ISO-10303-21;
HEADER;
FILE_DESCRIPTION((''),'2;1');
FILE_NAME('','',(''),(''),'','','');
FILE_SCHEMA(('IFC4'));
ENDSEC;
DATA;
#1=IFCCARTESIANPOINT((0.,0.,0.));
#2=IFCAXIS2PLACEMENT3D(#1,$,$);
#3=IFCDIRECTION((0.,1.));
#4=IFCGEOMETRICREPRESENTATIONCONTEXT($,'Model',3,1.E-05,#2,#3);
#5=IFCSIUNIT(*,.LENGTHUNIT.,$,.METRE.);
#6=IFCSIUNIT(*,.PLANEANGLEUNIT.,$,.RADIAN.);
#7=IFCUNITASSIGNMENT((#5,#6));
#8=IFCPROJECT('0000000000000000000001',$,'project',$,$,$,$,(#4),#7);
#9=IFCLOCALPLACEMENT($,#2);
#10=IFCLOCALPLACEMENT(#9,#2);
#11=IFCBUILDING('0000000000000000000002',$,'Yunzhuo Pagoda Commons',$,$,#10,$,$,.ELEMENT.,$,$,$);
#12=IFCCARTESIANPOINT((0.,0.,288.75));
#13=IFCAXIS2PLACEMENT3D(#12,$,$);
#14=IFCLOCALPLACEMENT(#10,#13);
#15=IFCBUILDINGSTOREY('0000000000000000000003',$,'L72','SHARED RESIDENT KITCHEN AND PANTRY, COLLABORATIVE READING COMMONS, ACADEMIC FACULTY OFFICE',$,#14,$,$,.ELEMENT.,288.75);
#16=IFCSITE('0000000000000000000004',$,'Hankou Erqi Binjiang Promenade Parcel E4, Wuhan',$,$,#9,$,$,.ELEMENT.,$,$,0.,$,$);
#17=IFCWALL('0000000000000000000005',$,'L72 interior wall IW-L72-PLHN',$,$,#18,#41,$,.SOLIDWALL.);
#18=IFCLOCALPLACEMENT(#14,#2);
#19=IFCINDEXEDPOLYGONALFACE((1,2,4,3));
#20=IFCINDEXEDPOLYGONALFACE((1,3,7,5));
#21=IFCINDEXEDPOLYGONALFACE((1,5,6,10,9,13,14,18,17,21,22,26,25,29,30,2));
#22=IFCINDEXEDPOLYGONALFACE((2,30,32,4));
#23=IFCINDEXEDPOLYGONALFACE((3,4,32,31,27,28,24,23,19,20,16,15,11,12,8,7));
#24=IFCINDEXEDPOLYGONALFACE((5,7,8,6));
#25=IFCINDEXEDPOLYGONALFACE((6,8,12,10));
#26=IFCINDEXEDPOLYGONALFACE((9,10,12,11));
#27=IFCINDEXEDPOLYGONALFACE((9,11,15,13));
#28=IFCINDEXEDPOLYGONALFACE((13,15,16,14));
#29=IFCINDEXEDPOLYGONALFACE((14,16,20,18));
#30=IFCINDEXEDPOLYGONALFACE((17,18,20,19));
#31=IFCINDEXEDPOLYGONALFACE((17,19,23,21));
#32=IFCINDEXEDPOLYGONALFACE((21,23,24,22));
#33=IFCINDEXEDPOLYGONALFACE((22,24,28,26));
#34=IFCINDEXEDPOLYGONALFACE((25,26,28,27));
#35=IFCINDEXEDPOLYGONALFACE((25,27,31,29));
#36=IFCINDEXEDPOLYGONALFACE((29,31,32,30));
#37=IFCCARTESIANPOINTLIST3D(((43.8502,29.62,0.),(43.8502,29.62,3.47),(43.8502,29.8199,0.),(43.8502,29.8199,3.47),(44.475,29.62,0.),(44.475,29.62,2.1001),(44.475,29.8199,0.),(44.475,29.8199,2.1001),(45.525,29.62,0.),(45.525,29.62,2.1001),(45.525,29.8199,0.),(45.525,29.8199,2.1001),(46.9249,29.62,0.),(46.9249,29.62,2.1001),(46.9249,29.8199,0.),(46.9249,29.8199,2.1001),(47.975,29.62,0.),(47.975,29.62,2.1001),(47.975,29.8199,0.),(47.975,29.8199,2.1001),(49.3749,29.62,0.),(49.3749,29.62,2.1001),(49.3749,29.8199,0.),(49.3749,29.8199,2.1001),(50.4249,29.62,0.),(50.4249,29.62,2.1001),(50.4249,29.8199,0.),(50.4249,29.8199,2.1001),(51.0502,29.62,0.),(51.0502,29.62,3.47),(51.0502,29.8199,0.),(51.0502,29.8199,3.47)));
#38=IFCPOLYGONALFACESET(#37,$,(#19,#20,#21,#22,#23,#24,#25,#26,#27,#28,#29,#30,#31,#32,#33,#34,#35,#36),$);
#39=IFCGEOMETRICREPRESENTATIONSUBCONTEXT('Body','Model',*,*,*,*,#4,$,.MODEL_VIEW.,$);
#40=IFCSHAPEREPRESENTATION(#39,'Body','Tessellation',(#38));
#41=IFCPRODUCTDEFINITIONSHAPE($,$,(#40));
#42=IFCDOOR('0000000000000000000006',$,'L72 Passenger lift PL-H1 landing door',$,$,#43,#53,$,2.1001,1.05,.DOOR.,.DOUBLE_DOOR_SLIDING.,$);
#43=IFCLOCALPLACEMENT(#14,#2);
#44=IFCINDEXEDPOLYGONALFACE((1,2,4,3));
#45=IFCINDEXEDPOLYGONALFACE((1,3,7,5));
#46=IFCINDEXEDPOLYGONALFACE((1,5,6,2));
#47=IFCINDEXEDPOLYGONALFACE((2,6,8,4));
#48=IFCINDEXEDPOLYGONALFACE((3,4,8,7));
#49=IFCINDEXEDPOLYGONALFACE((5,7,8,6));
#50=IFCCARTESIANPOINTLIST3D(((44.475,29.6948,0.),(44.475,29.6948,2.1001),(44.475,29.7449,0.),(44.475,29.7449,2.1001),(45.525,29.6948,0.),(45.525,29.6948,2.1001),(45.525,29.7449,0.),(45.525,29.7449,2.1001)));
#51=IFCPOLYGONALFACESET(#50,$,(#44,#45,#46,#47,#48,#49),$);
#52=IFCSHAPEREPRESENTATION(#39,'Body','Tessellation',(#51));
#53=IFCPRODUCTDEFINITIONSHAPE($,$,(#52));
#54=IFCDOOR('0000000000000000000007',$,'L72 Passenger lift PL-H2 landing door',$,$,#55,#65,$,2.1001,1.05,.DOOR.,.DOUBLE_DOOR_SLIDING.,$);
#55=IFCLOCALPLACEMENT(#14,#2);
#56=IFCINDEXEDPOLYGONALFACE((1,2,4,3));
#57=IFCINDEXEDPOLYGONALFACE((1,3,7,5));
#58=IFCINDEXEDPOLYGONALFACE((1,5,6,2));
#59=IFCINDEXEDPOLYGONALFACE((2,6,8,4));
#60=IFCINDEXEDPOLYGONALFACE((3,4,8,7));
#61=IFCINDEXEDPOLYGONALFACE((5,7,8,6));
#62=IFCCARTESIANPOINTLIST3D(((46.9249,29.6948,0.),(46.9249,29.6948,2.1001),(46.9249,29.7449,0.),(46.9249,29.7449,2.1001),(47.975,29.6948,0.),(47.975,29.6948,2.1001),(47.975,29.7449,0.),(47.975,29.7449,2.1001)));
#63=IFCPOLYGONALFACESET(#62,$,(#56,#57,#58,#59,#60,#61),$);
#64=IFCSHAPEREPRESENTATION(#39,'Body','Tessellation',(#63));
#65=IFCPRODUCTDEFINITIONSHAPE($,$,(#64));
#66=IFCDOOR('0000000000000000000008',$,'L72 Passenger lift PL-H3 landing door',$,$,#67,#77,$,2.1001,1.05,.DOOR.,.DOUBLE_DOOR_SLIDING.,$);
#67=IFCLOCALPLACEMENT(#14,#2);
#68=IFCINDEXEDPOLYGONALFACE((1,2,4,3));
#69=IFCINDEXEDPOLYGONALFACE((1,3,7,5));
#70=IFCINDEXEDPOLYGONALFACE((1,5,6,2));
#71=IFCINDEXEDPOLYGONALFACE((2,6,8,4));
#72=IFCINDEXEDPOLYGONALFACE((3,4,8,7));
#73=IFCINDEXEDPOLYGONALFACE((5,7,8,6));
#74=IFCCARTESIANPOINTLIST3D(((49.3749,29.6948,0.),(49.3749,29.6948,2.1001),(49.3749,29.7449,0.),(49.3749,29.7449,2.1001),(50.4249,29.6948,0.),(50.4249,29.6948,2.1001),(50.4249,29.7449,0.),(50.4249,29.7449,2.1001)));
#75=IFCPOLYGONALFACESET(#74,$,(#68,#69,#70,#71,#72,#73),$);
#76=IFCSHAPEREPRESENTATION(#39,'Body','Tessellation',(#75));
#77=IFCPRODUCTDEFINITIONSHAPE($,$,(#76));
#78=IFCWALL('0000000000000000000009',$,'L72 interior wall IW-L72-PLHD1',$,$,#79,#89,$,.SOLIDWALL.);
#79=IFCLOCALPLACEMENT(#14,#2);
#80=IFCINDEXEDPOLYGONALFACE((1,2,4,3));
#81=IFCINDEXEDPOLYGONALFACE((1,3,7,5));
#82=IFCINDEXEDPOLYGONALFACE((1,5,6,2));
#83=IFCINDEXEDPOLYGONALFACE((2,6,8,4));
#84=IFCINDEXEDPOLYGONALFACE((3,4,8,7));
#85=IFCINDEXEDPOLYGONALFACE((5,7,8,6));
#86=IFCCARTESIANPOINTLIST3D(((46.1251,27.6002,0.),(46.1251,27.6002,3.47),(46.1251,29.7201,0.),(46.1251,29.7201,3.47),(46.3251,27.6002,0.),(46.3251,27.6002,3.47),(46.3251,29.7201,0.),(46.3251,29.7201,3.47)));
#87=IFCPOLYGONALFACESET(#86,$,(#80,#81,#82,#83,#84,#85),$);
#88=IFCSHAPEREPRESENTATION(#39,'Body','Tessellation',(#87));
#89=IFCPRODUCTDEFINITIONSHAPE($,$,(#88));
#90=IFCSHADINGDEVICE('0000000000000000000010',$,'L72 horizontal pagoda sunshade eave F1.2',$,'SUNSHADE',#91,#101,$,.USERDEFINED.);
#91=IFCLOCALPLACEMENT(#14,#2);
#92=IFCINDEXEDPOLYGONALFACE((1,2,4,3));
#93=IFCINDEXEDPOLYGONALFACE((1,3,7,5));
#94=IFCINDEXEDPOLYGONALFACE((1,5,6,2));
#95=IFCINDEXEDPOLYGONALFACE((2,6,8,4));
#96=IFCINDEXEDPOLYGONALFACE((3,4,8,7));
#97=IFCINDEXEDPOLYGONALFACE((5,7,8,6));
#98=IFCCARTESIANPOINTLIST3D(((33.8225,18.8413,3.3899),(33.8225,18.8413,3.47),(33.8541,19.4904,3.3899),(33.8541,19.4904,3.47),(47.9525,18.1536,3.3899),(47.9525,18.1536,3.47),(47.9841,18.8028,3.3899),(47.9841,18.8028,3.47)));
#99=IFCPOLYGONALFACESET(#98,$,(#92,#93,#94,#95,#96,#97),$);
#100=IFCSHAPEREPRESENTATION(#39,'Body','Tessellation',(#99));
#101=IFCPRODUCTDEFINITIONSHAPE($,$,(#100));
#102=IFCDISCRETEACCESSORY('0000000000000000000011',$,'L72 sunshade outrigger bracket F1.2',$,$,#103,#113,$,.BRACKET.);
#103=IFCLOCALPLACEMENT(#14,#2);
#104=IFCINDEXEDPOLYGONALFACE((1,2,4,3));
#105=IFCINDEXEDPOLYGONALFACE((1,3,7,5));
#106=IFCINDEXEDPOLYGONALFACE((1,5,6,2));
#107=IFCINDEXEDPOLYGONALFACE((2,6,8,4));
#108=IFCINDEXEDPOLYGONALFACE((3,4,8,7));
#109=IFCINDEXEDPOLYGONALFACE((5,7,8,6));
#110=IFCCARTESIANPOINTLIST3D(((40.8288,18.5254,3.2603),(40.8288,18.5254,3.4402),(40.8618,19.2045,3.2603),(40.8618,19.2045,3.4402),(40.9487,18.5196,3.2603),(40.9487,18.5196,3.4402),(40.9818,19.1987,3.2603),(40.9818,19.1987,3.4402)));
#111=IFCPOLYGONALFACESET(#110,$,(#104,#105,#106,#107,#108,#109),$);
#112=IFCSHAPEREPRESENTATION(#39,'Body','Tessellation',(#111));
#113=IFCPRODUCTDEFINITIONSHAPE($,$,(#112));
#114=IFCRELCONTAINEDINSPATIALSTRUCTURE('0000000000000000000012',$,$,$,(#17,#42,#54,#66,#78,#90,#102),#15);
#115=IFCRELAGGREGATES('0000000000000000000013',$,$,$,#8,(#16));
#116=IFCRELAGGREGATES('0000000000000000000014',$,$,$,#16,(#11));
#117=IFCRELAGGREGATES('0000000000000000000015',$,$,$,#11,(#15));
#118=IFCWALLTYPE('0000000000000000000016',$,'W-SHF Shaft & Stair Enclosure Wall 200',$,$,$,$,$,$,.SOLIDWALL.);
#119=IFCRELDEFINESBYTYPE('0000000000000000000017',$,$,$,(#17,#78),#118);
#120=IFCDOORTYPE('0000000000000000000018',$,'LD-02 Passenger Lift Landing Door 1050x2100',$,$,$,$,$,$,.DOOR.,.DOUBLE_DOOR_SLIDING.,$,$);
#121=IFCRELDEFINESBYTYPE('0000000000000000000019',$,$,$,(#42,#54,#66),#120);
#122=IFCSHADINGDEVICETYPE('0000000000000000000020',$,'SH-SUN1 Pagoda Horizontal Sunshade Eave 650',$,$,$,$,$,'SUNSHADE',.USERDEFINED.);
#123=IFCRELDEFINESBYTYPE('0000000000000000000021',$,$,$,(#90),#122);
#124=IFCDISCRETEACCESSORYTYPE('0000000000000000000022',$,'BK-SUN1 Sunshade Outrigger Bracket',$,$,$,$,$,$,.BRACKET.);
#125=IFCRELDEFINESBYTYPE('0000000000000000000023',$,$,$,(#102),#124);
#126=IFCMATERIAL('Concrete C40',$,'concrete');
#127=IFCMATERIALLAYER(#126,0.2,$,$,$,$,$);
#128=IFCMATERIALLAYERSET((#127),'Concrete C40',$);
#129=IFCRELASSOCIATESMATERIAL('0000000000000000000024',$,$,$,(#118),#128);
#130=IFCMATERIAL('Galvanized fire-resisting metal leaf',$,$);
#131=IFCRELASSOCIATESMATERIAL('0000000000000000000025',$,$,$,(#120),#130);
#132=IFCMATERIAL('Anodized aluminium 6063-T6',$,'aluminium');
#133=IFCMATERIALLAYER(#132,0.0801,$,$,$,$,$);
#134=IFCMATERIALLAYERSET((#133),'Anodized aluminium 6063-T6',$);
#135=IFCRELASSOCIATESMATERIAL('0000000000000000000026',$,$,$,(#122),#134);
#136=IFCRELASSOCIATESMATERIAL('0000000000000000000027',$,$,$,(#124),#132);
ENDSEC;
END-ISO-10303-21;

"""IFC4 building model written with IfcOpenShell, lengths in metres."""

from ifc_helpers import new_model, si_unit, direction, frame, frame_2d, origin, origin_with_axes, origin_2d, place, context, subcontext, project, spatial, rectangle, extrude, source, transform, mapped, material, layer, layer_set, type_object, element, fill, save


model = new_model("IFC4")

# Units and contexts
model_context = context("Model", 3, precision=1e-05, world=origin(), true_north=direction((0.0, 1.0)))
body_context = subcontext(model_context, "Body", "Model", "MODEL_VIEW")
ifc_project = project(units=[si_unit("LENGTHUNIT", "METRE"), si_unit("PLANEANGLEUNIT", "RADIAN")], contexts=[model_context])

# Site, building, storey
site_placement = place(None, origin())
site = spatial("IfcSite", under=ifc_project, at=site_placement, Name="Hankou Erqi Binjiang Promenade Parcel E4, Wuhan", CompositionType="ELEMENT", RefElevation=0.0)
building_placement = place(site_placement, origin())
building = spatial("IfcBuilding", under=site, at=building_placement, Name="Yunzhuo Pagoda Commons", CompositionType="ELEMENT")
storey_placement = place(building_placement, frame((0.0, 0.0, 288.75)))
storey = spatial("IfcBuildingStorey", under=building, at=storey_placement, Name="L72", Description="SHARED RESIDENT KITCHEN AND PANTRY, COLLABORATIVE READING COMMONS, ACADEMIC FACULTY OFFICE", CompositionType="ELEMENT", Elevation=288.75)

# Shared definitions
ifc_material_1 = material(Name="Anodized aluminium 6063-T6", Category="aluminium")

# Shared definitions
ifc_material_2 = material(Name="Galvanized fire-resisting metal leaf")

# Shared definitions
ifc_material_3 = material(Name="Concrete C40", Category="concrete")
ifc_layer_1 = layer(ifc_material_3, 0.2)
ifc_layer_set_1 = layer_set([ifc_layer_1], Name="Concrete C40")
wall_type_1 = type_object("IfcWallType", Name="W-SHF Shaft & Stair Enclosure Wall 200", PredefinedType="SOLIDWALL", material=ifc_layer_set_1)
shared_shape_1 = source(origin(), body_context, "Body", "SweptSolid", [
    extrude(rectangle(XDim=1.05, YDim=2.1001, at=frame_2d((0.5249, 1.05))), frame((0.0, 0.0249, 0.0), z_axis=(0.0, -1.0, 0.0), x_axis=(1.0, 0.0, 0.0)), (0.0, 0.0, 1.0), 0.05),
])

# Wall, openings, doors
wall_1_placement = place(storey_placement, frame((43.8501, 29.72, 0.0), z_axis=(0.0, 0.0, 1.0), x_axis=(1.0, 0.0, 0.0)))
wall_1 = element("IfcWall", 1, at=wall_1_placement, inside=storey, type_object=wall_type_1, Name="L72 interior wall IW-L72-PLHN", PredefinedType="SOLIDWALL", context=body_context, shape_type="SweptSolid", body=[
    extrude(rectangle(XDim=7.2, YDim=0.2, at=frame_2d((3.6001, 0.0))), origin(), (0.0, 0.0, 1.0), 3.47),
])
opening_1_placement = place(wall_1_placement, frame((0.625, 0.0, 0.0)))
opening_1 = element("IfcOpeningElement", 2, at=opening_1_placement, cuts=wall_1, PredefinedType="OPENING", context=body_context, shape_type="SweptSolid", body=[
    extrude(rectangle(XDim=1.05, YDim=2.1001, at=frame_2d((0.5249, 1.05))), frame((0.0, 0.1099, 0.0), z_axis=(0.0, -1.0, 0.0), x_axis=(1.0, 0.0, 0.0)), (0.0, 0.0, 1.0), 0.22),
])
opening_2_placement = place(wall_1_placement, frame((3.075, 0.0, 0.0)))
opening_2 = element("IfcOpeningElement", 3, at=opening_2_placement, cuts=wall_1, PredefinedType="OPENING", context=body_context, shape_type="SweptSolid", body=[
    extrude(rectangle(XDim=1.05, YDim=2.1001, at=frame_2d((0.5249, 1.05))), frame((0.0, 0.1099, 0.0), z_axis=(0.0, -1.0, 0.0), x_axis=(1.0, 0.0, 0.0)), (0.0, 0.0, 1.0), 0.22),
])
opening_3_placement = place(wall_1_placement, frame((5.5249, 0.0, 0.0)))
opening_3 = element("IfcOpeningElement", 4, at=opening_3_placement, cuts=wall_1, PredefinedType="OPENING", context=body_context, shape_type="SweptSolid", body=[
    extrude(rectangle(XDim=1.05, YDim=2.1001, at=frame_2d((0.5249, 1.05))), frame((0.0, 0.1099, 0.0), z_axis=(0.0, -1.0, 0.0), x_axis=(1.0, 0.0, 0.0)), (0.0, 0.0, 1.0), 0.22),
])
door_type_1 = type_object("IfcDoorType", Name="LD-02 Passenger Lift Landing Door 1050x2100", OperationType="DOUBLE_DOOR_SLIDING", PredefinedType="DOOR", material=ifc_material_2)
door_1_placement = place(opening_1_placement, origin_with_axes())
door_1 = element("IfcDoor", 5, at=door_1_placement, inside=storey, type_object=door_type_1, Name="L72 Passenger lift PL-H1 landing door", OperationType="DOUBLE_DOOR_SLIDING", OverallHeight=2.1001, OverallWidth=1.05, PredefinedType="DOOR", context=body_context, shape_type="MappedRepresentation", body=[
    mapped(shared_shape_1, transform((0.0, 0.0, 0.0), scale=1.0)),
])
fill(opening_1, door_1)
door_2_placement = place(opening_2_placement, origin_with_axes())
door_2 = element("IfcDoor", 6, at=door_2_placement, inside=storey, type_object=door_type_1, Name="L72 Passenger lift PL-H2 landing door", OperationType="DOUBLE_DOOR_SLIDING", OverallHeight=2.1001, OverallWidth=1.05, PredefinedType="DOOR", context=body_context, shape_type="MappedRepresentation", body=[
    mapped(shared_shape_1, transform((0.0, 0.0, 0.0), scale=1.0)),
])
fill(opening_2, door_2)
door_3_placement = place(opening_3_placement, origin_with_axes())
door_3 = element("IfcDoor", 7, at=door_3_placement, inside=storey, type_object=door_type_1, Name="L72 Passenger lift PL-H3 landing door", OperationType="DOUBLE_DOOR_SLIDING", OverallHeight=2.1001, OverallWidth=1.05, PredefinedType="DOOR", context=body_context, shape_type="MappedRepresentation", body=[
    mapped(shared_shape_1, transform((0.0, 0.0, 0.0), scale=1.0)),
])
fill(opening_3, door_3)

# Wall
wall_2_placement = place(storey_placement, frame((46.2251, 27.6001, 0.0), z_axis=(0.0, 0.0, 1.0), x_axis=(0.0, 1.0, 0.0)))
element("IfcWall", 8, at=wall_2_placement, inside=storey, type_object=wall_type_1, Name="L72 interior wall IW-L72-PLHD1", PredefinedType="SOLIDWALL", context=body_context, shape_type="SweptSolid", body=[
    extrude(rectangle(XDim=2.1199, YDim=0.2, at=frame_2d((1.0601, 0.0))), origin(), (0.0, 0.0, 1.0), 3.47),
])

# Shading device
ifc_layer_2 = layer(ifc_material_1, 0.0801)
ifc_layer_set_2 = layer_set([ifc_layer_2], Name="Anodized aluminium 6063-T6")
shading_device_type = type_object("IfcShadingDeviceType", Name="SH-SUN1 Pagoda Horizontal Sunshade Eave 650", ElementType="SUNSHADE", PredefinedType="USERDEFINED", material=ifc_layer_set_2)
shared_shape_2 = source(origin(), body_context, "Body", "SweptSolid", [
    extrude(rectangle(XDim=14.1467, YDim=0.6499, at=origin_2d()), origin(), (0.0, 0.0, 1.0), 0.0801),
])
shading_device_placement = place(storey_placement, frame((40.9033, 18.822, 3.3899), z_axis=(0.0, 0.0, 1.0), x_axis=(0.998818, -0.048606, 0.0)))
element("IfcShadingDevice", 9, at=shading_device_placement, inside=storey, type_object=shading_device_type, Name="L72 horizontal pagoda sunshade eave F1.2", ObjectType="SUNSHADE", PredefinedType="USERDEFINED", context=body_context, shape_type="MappedRepresentation", body=[
    mapped(shared_shape_2, transform((0.0, 0.0, 0.0), scale=1.0)),
])

# Discrete accessory
discrete_accessory_type = type_object("IfcDiscreteAccessoryType", Name="BK-SUN1 Sunshade Outrigger Bracket", PredefinedType="BRACKET", material=ifc_material_1)
shared_shape_3 = source(origin(), body_context, "Body", "SweptSolid", [
    extrude(rectangle(XDim=0.1201, YDim=0.6799, at=origin_2d()), origin(), (0.0, 0.0, 1.0), 0.1799),
])
discrete_accessory_placement = place(storey_placement, frame((40.9053, 18.8621, 3.2603), z_axis=(0.0, 0.0, 1.0), x_axis=(0.998818, -0.048606, 0.0)))
element("IfcDiscreteAccessory", 10, at=discrete_accessory_placement, inside=storey, type_object=discrete_accessory_type, Name="L72 sunshade outrigger bracket F1.2", PredefinedType="BRACKET", context=body_context, shape_type="MappedRepresentation", body=[
    mapped(shared_shape_3, transform((0.0, 0.0, 0.0), scale=1.0)),
])

save(model, "model.ifc")
